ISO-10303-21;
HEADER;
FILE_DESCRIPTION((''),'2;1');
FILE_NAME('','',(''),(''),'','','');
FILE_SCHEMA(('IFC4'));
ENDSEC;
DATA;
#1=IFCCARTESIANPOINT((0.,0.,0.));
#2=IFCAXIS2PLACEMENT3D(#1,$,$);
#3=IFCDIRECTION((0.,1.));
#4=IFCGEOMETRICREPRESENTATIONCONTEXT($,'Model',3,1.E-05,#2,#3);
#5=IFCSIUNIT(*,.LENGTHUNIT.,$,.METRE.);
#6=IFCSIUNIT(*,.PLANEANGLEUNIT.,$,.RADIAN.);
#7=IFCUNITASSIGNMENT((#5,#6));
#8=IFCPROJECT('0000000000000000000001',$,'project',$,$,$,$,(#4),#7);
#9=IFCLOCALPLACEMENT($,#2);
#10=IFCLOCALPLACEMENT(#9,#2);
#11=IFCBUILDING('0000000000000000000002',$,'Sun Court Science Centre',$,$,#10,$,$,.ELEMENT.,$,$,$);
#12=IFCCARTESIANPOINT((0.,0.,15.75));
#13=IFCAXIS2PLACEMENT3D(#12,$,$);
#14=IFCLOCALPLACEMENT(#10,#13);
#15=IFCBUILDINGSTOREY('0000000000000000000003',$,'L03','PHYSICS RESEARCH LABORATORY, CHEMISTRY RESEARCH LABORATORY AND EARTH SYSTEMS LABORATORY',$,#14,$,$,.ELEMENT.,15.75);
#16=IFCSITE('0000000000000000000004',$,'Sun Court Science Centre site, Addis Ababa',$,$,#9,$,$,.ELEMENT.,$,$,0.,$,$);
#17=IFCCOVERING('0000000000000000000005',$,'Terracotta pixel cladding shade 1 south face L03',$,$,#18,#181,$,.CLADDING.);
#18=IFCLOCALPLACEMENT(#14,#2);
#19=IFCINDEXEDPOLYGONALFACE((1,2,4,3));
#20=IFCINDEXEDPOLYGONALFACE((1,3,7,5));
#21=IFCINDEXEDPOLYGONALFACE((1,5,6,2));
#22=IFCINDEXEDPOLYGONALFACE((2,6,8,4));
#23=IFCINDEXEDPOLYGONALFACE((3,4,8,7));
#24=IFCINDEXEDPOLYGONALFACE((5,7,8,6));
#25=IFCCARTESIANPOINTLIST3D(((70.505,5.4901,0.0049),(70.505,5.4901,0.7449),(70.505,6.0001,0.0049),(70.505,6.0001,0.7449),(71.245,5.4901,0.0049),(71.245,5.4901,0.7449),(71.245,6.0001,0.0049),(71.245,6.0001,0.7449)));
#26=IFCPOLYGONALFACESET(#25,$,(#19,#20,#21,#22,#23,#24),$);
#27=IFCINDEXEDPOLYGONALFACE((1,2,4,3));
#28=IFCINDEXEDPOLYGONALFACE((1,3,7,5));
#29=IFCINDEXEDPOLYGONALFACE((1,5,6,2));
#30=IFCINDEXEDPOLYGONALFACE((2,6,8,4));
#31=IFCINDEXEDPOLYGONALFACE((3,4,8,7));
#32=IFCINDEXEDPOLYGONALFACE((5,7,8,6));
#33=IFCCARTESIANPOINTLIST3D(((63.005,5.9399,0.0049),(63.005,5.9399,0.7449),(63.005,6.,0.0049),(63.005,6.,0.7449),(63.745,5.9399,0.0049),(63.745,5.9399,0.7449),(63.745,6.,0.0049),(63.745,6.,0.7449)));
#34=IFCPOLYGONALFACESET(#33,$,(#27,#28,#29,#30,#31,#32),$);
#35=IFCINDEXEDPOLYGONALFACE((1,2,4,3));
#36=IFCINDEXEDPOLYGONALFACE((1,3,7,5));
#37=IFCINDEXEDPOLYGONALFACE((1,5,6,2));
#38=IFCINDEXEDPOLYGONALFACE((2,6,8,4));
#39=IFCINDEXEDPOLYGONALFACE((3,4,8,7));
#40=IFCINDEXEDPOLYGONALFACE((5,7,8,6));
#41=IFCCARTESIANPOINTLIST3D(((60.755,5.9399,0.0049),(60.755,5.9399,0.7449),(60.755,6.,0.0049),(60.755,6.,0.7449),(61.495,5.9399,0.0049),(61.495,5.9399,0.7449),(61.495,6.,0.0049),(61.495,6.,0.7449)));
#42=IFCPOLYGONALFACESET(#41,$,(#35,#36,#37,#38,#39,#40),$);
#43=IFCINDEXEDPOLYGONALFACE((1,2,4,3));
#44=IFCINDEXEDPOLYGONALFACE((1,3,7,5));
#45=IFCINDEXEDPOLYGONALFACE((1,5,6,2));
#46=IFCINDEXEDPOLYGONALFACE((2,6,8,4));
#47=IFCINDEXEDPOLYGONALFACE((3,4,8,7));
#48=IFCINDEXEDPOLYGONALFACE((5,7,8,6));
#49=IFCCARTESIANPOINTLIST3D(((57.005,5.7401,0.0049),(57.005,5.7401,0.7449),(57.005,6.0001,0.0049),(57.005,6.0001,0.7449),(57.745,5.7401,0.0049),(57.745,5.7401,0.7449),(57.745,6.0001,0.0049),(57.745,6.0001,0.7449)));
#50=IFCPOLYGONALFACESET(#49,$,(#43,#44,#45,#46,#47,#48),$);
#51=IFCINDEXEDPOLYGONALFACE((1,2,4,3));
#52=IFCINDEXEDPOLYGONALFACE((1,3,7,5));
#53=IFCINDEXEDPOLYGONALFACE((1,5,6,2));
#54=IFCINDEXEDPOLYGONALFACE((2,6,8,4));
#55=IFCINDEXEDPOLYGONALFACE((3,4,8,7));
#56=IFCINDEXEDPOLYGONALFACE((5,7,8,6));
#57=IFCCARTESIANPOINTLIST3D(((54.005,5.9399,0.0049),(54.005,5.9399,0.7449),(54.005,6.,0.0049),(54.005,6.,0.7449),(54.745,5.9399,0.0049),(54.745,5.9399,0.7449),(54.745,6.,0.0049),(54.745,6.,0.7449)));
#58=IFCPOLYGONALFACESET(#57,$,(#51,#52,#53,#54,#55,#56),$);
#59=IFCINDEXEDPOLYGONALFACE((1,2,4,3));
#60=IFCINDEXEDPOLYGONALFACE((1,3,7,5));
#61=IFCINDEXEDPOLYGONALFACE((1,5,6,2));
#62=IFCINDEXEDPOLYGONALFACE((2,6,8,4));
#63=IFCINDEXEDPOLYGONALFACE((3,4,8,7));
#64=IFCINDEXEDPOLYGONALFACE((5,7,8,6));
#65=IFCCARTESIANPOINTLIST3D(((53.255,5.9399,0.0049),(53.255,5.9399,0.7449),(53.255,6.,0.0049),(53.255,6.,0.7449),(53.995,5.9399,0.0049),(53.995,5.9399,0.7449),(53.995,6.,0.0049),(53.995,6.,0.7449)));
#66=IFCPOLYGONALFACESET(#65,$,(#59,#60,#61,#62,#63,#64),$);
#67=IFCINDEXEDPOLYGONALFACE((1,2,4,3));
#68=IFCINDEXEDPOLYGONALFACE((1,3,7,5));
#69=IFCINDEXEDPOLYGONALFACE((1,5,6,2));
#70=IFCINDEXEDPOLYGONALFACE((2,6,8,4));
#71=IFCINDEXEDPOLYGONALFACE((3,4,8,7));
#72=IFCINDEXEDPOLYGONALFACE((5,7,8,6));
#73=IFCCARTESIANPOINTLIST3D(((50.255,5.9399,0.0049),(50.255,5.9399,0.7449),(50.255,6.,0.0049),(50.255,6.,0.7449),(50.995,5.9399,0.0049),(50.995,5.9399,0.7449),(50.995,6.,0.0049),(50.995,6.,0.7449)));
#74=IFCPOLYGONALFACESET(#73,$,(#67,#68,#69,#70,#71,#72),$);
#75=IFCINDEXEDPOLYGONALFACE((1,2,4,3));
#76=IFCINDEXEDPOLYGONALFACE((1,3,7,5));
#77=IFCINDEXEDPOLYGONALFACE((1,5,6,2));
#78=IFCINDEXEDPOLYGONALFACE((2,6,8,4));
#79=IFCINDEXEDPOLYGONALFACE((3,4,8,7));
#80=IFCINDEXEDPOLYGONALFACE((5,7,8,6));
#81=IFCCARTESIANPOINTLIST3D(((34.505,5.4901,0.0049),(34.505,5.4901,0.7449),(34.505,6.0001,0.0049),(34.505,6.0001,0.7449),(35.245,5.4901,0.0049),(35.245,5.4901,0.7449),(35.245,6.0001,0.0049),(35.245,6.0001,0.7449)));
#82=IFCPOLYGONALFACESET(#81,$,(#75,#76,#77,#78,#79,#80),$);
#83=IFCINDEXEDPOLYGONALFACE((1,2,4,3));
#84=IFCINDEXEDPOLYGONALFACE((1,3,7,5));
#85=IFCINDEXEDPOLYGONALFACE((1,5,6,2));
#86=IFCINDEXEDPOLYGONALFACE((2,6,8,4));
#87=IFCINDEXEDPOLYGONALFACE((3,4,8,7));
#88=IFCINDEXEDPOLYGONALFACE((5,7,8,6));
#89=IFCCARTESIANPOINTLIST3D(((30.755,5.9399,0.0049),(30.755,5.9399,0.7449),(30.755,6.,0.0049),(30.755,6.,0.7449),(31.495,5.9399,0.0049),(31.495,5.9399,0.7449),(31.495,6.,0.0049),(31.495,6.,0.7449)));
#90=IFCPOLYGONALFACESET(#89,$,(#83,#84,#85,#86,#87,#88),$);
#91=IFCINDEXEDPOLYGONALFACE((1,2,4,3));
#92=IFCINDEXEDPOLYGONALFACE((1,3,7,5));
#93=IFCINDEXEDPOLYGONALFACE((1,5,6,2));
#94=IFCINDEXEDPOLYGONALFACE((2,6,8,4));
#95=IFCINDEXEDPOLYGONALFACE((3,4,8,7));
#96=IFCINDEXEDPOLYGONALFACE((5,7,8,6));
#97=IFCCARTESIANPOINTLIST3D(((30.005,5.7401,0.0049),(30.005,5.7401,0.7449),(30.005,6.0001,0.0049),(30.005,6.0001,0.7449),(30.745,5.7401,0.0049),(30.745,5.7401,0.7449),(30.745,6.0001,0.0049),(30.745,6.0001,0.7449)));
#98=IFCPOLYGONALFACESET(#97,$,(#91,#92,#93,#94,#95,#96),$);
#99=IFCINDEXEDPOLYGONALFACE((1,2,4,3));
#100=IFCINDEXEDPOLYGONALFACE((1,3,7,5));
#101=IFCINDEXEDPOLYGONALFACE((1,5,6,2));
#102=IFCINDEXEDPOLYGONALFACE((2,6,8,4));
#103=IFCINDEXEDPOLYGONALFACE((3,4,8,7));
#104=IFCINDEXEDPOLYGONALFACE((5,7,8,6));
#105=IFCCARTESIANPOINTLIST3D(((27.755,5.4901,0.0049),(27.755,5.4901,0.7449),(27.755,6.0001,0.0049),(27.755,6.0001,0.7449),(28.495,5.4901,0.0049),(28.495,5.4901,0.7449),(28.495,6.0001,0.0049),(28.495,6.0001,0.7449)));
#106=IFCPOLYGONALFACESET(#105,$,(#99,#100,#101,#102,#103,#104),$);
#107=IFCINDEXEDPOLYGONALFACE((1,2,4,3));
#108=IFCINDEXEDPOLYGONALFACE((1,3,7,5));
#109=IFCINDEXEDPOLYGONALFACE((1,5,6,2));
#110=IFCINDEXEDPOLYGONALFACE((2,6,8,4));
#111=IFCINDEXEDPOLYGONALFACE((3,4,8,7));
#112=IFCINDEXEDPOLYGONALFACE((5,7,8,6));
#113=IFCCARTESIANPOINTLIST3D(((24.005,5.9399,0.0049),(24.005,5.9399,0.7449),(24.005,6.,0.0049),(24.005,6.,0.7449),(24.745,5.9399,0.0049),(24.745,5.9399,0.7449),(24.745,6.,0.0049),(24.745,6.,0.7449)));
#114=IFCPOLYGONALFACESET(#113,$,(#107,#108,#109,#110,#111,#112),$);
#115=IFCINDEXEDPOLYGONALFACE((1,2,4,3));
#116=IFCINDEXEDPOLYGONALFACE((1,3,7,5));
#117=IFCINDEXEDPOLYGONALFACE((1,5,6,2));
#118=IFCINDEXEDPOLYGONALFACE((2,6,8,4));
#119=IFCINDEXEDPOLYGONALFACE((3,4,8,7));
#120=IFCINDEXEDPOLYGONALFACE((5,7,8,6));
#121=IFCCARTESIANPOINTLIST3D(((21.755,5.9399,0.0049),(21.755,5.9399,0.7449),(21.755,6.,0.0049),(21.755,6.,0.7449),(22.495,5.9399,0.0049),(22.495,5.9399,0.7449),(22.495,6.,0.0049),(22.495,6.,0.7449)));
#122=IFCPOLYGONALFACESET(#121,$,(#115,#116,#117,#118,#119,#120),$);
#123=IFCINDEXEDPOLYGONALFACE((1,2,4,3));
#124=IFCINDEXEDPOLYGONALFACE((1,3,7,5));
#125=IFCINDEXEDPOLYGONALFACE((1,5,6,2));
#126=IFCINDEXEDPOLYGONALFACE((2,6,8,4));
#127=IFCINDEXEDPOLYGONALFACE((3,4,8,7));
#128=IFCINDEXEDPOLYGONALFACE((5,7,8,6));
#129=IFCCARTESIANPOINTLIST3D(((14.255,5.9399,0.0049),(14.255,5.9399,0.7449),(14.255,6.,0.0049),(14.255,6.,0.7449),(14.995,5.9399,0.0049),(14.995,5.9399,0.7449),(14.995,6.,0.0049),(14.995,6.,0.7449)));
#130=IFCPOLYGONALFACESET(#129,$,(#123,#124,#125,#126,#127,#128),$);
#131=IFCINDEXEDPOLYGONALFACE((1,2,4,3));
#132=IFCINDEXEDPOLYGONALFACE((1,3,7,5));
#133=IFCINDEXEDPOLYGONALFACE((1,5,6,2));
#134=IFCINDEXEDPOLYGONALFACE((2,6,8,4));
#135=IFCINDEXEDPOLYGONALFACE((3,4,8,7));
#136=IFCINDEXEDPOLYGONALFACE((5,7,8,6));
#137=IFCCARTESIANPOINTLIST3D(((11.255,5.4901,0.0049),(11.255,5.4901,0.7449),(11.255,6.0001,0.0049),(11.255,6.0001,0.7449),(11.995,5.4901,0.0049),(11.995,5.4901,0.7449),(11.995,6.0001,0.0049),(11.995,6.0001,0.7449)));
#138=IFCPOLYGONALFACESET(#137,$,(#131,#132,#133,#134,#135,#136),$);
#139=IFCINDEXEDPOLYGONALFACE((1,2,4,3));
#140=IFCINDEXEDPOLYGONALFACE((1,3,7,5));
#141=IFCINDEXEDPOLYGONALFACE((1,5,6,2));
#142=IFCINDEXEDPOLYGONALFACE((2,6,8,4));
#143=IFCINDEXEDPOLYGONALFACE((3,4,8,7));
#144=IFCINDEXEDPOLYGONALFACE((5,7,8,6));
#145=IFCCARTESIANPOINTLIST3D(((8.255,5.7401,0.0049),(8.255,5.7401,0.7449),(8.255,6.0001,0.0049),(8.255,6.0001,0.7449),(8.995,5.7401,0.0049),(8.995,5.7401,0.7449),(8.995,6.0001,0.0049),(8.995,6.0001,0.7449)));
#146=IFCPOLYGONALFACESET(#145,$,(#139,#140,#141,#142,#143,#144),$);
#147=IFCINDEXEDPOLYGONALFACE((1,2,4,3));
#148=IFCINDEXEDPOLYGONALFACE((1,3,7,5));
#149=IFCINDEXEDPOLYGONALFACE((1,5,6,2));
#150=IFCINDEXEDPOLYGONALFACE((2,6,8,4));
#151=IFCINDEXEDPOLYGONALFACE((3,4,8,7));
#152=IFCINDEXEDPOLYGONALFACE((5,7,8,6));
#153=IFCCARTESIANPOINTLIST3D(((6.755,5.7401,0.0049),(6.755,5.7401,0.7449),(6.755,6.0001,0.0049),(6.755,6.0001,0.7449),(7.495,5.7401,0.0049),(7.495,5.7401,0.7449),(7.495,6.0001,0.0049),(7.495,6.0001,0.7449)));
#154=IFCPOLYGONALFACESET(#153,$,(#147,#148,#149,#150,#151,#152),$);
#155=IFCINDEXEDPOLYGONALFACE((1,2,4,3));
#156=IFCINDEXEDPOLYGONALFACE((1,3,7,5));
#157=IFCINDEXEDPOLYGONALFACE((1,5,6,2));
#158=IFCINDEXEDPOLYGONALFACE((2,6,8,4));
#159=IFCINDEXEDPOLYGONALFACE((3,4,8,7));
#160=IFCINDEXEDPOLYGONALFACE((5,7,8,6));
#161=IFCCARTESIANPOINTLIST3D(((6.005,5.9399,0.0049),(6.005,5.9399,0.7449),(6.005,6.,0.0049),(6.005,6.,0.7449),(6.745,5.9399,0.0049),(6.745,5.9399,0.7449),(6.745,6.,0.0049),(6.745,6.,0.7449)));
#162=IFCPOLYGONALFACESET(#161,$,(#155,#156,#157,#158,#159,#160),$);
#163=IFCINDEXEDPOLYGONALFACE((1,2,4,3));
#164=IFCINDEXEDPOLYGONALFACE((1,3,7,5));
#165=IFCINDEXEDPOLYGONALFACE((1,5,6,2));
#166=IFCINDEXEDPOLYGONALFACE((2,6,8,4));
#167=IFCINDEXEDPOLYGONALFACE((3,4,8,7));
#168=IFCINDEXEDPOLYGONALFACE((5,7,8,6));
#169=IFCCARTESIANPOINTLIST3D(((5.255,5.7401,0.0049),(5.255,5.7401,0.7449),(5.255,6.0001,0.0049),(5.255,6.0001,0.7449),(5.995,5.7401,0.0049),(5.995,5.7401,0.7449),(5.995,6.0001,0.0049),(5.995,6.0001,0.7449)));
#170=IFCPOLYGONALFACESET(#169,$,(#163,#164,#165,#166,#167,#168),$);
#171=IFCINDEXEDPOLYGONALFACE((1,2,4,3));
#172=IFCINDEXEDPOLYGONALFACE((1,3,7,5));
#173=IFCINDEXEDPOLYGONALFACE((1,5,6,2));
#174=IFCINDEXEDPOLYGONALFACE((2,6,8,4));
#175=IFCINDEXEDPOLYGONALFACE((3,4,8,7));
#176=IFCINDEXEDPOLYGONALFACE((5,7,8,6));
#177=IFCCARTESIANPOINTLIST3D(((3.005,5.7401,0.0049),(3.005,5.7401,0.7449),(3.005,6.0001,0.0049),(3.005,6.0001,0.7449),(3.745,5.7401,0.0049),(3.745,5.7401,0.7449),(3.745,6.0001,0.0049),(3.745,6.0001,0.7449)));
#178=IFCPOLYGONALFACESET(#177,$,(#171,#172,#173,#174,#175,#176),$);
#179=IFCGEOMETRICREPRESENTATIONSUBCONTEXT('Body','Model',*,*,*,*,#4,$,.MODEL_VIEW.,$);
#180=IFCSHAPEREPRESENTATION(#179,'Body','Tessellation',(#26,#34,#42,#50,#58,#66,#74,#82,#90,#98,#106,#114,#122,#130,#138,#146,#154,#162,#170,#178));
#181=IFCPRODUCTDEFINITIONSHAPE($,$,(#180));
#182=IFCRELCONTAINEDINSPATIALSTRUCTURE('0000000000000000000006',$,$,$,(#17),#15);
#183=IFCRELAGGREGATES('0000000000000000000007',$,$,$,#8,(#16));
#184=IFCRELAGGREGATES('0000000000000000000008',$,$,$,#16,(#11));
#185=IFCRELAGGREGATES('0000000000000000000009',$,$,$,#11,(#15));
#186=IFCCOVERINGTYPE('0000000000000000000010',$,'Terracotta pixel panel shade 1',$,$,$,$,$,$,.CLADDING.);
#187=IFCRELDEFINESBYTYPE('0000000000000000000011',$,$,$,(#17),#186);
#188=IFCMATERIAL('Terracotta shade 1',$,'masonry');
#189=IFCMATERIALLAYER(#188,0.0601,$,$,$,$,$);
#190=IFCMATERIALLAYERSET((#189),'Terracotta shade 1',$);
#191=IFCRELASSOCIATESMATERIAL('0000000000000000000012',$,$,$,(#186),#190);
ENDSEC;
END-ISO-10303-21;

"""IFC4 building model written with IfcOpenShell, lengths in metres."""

from ifc_helpers import new_model, si_unit, direction, frame, origin, origin_2d, place, context, subcontext, project, spatial, rectangle, extrude, material, layer, layer_set, type_object, element, save


model = new_model("IFC4")

# Units and contexts
model_context = context("Model", 3, precision=1e-05, world=origin(), true_north=direction((0.0, 1.0)))
body_context = subcontext(model_context, "Body", "Model", "MODEL_VIEW")
ifc_project = project(units=[si_unit("LENGTHUNIT", "METRE"), si_unit("PLANEANGLEUNIT", "RADIAN")], contexts=[model_context])

# Site, building, storey
site_placement = place(None, origin())
site = spatial("IfcSite", under=ifc_project, at=site_placement, Name="Sun Court Science Centre site, Addis Ababa", CompositionType="ELEMENT", RefElevation=0.0)
building_placement = place(site_placement, origin())
building = spatial("IfcBuilding", under=site, at=building_placement, Name="Sun Court Science Centre", CompositionType="ELEMENT")
storey_placement = place(building_placement, frame((0.0, 0.0, 15.75)))
storey = spatial("IfcBuildingStorey", under=building, at=storey_placement, Name="L03", Description="PHYSICS RESEARCH LABORATORY, CHEMISTRY RESEARCH LABORATORY AND EARTH SYSTEMS LABORATORY", CompositionType="ELEMENT", Elevation=15.75)

# Covering
ifc_material_1 = material(Name="Terracotta shade 1", Category="masonry")
ifc_layer_1 = layer(ifc_material_1, 0.0601)
ifc_layer_set_1 = layer_set([ifc_layer_1], Name="Terracotta shade 1")
covering_type_1 = type_object("IfcCoveringType", Name="Terracotta pixel panel shade 1", PredefinedType="CLADDING", material=ifc_layer_set_1)
covering_1_placement = place(storey_placement, frame((0.0, 0.0, -15.75)))
element("IfcCovering", 1, at=covering_1_placement, inside=storey, type_object=covering_type_1, Name="Terracotta pixel cladding shade 1 south face L03", PredefinedType="CLADDING", context=body_context, shape_type="SweptSolid", body=[
    extrude(rectangle(XDim=0.74, YDim=0.51, at=origin_2d()), frame((70.875, 5.7451, 15.7549), z_axis=(0.0, 0.0, 1.0), x_axis=(-1.0, 0.0, 0.0)), (0.0, 0.0, 1.0), 0.74),
    extrude(rectangle(XDim=0.74, YDim=0.0601, at=origin_2d()), frame((63.375, 5.97, 15.7549), z_axis=(0.0, 0.0, 1.0), x_axis=(-1.0, 0.0, 0.0)), (0.0, 0.0, 1.0), 0.74),
    extrude(rectangle(XDim=0.74, YDim=0.0601, at=origin_2d()), frame((61.125, 5.97, 15.7549), z_axis=(0.0, 0.0, 1.0), x_axis=(-1.0, 0.0, 0.0)), (0.0, 0.0, 1.0), 0.74),
    extrude(rectangle(XDim=0.74, YDim=0.26, at=origin_2d()), frame((57.375, 5.8701, 15.7549), z_axis=(0.0, 0.0, 1.0), x_axis=(-1.0, 0.0, 0.0)), (0.0, 0.0, 1.0), 0.74),
    extrude(rectangle(XDim=0.74, YDim=0.0601, at=origin_2d()), frame((54.375, 5.97, 15.7549), z_axis=(0.0, 0.0, 1.0), x_axis=(-1.0, 0.0, 0.0)), (0.0, 0.0, 1.0), 0.74),
    extrude(rectangle(XDim=0.74, YDim=0.0601, at=origin_2d()), frame((53.625, 5.97, 15.7549), z_axis=(0.0, 0.0, 1.0), x_axis=(-1.0, 0.0, 0.0)), (0.0, 0.0, 1.0), 0.74),
    extrude(rectangle(XDim=0.74, YDim=0.0601, at=origin_2d()), frame((50.625, 5.97, 15.7549), z_axis=(0.0, 0.0, 1.0), x_axis=(-1.0, 0.0, 0.0)), (0.0, 0.0, 1.0), 0.74),
    extrude(rectangle(XDim=0.74, YDim=0.51, at=origin_2d()), frame((34.875, 5.7451, 15.7549), z_axis=(0.0, 0.0, 1.0), x_axis=(-1.0, 0.0, 0.0)), (0.0, 0.0, 1.0), 0.74),
    extrude(rectangle(XDim=0.74, YDim=0.0601, at=origin_2d()), frame((31.125, 5.97, 15.7549), z_axis=(0.0, 0.0, 1.0), x_axis=(-1.0, 0.0, 0.0)), (0.0, 0.0, 1.0), 0.74),
    extrude(rectangle(XDim=0.74, YDim=0.26, at=origin_2d()), frame((30.375, 5.8701, 15.7549), z_axis=(0.0, 0.0, 1.0), x_axis=(-1.0, 0.0, 0.0)), (0.0, 0.0, 1.0), 0.74),
    extrude(rectangle(XDim=0.74, YDim=0.51, at=origin_2d()), frame((28.125, 5.7451, 15.7549), z_axis=(0.0, 0.0, 1.0), x_axis=(-1.0, 0.0, 0.0)), (0.0, 0.0, 1.0), 0.74),
    extrude(rectangle(XDim=0.74, YDim=0.0601, at=origin_2d()), frame((24.375, 5.97, 15.7549), z_axis=(0.0, 0.0, 1.0), x_axis=(-1.0, 0.0, 0.0)), (0.0, 0.0, 1.0), 0.74),
    extrude(rectangle(XDim=0.74, YDim=0.0601, at=origin_2d()), frame((22.125, 5.97, 15.7549), z_axis=(0.0, 0.0, 1.0), x_axis=(-1.0, 0.0, 0.0)), (0.0, 0.0, 1.0), 0.74),
    extrude(rectangle(XDim=0.74, YDim=0.0601, at=origin_2d()), frame((14.625, 5.97, 15.7549), z_axis=(0.0, 0.0, 1.0), x_axis=(-1.0, 0.0, 0.0)), (0.0, 0.0, 1.0), 0.74),
    extrude(rectangle(XDim=0.74, YDim=0.51, at=origin_2d()), frame((11.625, 5.7451, 15.7549), z_axis=(0.0, 0.0, 1.0), x_axis=(-1.0, 0.0, 0.0)), (0.0, 0.0, 1.0), 0.74),
    extrude(rectangle(XDim=0.74, YDim=0.26, at=origin_2d()), frame((8.625, 5.8701, 15.7549), z_axis=(0.0, 0.0, 1.0), x_axis=(-1.0, 0.0, 0.0)), (0.0, 0.0, 1.0), 0.74),
    extrude(rectangle(XDim=0.74, YDim=0.26, at=origin_2d()), frame((7.125, 5.8701, 15.7549), z_axis=(0.0, 0.0, 1.0), x_axis=(-1.0, 0.0, 0.0)), (0.0, 0.0, 1.0), 0.74),
    extrude(rectangle(XDim=0.74, YDim=0.0601, at=origin_2d()), frame((6.375, 5.97, 15.7549), z_axis=(0.0, 0.0, 1.0), x_axis=(-1.0, 0.0, 0.0)), (0.0, 0.0, 1.0), 0.74),
    extrude(rectangle(XDim=0.74, YDim=0.26, at=origin_2d()), frame((5.625, 5.8701, 15.7549), z_axis=(0.0, 0.0, 1.0), x_axis=(-1.0, 0.0, 0.0)), (0.0, 0.0, 1.0), 0.74),
    extrude(rectangle(XDim=0.74, YDim=0.26, at=origin_2d()), frame((3.375, 5.8701, 15.7549), z_axis=(0.0, 0.0, 1.0), x_axis=(-1.0, 0.0, 0.0)), (0.0, 0.0, 1.0), 0.74),
])

save(model, "model.ifc")
